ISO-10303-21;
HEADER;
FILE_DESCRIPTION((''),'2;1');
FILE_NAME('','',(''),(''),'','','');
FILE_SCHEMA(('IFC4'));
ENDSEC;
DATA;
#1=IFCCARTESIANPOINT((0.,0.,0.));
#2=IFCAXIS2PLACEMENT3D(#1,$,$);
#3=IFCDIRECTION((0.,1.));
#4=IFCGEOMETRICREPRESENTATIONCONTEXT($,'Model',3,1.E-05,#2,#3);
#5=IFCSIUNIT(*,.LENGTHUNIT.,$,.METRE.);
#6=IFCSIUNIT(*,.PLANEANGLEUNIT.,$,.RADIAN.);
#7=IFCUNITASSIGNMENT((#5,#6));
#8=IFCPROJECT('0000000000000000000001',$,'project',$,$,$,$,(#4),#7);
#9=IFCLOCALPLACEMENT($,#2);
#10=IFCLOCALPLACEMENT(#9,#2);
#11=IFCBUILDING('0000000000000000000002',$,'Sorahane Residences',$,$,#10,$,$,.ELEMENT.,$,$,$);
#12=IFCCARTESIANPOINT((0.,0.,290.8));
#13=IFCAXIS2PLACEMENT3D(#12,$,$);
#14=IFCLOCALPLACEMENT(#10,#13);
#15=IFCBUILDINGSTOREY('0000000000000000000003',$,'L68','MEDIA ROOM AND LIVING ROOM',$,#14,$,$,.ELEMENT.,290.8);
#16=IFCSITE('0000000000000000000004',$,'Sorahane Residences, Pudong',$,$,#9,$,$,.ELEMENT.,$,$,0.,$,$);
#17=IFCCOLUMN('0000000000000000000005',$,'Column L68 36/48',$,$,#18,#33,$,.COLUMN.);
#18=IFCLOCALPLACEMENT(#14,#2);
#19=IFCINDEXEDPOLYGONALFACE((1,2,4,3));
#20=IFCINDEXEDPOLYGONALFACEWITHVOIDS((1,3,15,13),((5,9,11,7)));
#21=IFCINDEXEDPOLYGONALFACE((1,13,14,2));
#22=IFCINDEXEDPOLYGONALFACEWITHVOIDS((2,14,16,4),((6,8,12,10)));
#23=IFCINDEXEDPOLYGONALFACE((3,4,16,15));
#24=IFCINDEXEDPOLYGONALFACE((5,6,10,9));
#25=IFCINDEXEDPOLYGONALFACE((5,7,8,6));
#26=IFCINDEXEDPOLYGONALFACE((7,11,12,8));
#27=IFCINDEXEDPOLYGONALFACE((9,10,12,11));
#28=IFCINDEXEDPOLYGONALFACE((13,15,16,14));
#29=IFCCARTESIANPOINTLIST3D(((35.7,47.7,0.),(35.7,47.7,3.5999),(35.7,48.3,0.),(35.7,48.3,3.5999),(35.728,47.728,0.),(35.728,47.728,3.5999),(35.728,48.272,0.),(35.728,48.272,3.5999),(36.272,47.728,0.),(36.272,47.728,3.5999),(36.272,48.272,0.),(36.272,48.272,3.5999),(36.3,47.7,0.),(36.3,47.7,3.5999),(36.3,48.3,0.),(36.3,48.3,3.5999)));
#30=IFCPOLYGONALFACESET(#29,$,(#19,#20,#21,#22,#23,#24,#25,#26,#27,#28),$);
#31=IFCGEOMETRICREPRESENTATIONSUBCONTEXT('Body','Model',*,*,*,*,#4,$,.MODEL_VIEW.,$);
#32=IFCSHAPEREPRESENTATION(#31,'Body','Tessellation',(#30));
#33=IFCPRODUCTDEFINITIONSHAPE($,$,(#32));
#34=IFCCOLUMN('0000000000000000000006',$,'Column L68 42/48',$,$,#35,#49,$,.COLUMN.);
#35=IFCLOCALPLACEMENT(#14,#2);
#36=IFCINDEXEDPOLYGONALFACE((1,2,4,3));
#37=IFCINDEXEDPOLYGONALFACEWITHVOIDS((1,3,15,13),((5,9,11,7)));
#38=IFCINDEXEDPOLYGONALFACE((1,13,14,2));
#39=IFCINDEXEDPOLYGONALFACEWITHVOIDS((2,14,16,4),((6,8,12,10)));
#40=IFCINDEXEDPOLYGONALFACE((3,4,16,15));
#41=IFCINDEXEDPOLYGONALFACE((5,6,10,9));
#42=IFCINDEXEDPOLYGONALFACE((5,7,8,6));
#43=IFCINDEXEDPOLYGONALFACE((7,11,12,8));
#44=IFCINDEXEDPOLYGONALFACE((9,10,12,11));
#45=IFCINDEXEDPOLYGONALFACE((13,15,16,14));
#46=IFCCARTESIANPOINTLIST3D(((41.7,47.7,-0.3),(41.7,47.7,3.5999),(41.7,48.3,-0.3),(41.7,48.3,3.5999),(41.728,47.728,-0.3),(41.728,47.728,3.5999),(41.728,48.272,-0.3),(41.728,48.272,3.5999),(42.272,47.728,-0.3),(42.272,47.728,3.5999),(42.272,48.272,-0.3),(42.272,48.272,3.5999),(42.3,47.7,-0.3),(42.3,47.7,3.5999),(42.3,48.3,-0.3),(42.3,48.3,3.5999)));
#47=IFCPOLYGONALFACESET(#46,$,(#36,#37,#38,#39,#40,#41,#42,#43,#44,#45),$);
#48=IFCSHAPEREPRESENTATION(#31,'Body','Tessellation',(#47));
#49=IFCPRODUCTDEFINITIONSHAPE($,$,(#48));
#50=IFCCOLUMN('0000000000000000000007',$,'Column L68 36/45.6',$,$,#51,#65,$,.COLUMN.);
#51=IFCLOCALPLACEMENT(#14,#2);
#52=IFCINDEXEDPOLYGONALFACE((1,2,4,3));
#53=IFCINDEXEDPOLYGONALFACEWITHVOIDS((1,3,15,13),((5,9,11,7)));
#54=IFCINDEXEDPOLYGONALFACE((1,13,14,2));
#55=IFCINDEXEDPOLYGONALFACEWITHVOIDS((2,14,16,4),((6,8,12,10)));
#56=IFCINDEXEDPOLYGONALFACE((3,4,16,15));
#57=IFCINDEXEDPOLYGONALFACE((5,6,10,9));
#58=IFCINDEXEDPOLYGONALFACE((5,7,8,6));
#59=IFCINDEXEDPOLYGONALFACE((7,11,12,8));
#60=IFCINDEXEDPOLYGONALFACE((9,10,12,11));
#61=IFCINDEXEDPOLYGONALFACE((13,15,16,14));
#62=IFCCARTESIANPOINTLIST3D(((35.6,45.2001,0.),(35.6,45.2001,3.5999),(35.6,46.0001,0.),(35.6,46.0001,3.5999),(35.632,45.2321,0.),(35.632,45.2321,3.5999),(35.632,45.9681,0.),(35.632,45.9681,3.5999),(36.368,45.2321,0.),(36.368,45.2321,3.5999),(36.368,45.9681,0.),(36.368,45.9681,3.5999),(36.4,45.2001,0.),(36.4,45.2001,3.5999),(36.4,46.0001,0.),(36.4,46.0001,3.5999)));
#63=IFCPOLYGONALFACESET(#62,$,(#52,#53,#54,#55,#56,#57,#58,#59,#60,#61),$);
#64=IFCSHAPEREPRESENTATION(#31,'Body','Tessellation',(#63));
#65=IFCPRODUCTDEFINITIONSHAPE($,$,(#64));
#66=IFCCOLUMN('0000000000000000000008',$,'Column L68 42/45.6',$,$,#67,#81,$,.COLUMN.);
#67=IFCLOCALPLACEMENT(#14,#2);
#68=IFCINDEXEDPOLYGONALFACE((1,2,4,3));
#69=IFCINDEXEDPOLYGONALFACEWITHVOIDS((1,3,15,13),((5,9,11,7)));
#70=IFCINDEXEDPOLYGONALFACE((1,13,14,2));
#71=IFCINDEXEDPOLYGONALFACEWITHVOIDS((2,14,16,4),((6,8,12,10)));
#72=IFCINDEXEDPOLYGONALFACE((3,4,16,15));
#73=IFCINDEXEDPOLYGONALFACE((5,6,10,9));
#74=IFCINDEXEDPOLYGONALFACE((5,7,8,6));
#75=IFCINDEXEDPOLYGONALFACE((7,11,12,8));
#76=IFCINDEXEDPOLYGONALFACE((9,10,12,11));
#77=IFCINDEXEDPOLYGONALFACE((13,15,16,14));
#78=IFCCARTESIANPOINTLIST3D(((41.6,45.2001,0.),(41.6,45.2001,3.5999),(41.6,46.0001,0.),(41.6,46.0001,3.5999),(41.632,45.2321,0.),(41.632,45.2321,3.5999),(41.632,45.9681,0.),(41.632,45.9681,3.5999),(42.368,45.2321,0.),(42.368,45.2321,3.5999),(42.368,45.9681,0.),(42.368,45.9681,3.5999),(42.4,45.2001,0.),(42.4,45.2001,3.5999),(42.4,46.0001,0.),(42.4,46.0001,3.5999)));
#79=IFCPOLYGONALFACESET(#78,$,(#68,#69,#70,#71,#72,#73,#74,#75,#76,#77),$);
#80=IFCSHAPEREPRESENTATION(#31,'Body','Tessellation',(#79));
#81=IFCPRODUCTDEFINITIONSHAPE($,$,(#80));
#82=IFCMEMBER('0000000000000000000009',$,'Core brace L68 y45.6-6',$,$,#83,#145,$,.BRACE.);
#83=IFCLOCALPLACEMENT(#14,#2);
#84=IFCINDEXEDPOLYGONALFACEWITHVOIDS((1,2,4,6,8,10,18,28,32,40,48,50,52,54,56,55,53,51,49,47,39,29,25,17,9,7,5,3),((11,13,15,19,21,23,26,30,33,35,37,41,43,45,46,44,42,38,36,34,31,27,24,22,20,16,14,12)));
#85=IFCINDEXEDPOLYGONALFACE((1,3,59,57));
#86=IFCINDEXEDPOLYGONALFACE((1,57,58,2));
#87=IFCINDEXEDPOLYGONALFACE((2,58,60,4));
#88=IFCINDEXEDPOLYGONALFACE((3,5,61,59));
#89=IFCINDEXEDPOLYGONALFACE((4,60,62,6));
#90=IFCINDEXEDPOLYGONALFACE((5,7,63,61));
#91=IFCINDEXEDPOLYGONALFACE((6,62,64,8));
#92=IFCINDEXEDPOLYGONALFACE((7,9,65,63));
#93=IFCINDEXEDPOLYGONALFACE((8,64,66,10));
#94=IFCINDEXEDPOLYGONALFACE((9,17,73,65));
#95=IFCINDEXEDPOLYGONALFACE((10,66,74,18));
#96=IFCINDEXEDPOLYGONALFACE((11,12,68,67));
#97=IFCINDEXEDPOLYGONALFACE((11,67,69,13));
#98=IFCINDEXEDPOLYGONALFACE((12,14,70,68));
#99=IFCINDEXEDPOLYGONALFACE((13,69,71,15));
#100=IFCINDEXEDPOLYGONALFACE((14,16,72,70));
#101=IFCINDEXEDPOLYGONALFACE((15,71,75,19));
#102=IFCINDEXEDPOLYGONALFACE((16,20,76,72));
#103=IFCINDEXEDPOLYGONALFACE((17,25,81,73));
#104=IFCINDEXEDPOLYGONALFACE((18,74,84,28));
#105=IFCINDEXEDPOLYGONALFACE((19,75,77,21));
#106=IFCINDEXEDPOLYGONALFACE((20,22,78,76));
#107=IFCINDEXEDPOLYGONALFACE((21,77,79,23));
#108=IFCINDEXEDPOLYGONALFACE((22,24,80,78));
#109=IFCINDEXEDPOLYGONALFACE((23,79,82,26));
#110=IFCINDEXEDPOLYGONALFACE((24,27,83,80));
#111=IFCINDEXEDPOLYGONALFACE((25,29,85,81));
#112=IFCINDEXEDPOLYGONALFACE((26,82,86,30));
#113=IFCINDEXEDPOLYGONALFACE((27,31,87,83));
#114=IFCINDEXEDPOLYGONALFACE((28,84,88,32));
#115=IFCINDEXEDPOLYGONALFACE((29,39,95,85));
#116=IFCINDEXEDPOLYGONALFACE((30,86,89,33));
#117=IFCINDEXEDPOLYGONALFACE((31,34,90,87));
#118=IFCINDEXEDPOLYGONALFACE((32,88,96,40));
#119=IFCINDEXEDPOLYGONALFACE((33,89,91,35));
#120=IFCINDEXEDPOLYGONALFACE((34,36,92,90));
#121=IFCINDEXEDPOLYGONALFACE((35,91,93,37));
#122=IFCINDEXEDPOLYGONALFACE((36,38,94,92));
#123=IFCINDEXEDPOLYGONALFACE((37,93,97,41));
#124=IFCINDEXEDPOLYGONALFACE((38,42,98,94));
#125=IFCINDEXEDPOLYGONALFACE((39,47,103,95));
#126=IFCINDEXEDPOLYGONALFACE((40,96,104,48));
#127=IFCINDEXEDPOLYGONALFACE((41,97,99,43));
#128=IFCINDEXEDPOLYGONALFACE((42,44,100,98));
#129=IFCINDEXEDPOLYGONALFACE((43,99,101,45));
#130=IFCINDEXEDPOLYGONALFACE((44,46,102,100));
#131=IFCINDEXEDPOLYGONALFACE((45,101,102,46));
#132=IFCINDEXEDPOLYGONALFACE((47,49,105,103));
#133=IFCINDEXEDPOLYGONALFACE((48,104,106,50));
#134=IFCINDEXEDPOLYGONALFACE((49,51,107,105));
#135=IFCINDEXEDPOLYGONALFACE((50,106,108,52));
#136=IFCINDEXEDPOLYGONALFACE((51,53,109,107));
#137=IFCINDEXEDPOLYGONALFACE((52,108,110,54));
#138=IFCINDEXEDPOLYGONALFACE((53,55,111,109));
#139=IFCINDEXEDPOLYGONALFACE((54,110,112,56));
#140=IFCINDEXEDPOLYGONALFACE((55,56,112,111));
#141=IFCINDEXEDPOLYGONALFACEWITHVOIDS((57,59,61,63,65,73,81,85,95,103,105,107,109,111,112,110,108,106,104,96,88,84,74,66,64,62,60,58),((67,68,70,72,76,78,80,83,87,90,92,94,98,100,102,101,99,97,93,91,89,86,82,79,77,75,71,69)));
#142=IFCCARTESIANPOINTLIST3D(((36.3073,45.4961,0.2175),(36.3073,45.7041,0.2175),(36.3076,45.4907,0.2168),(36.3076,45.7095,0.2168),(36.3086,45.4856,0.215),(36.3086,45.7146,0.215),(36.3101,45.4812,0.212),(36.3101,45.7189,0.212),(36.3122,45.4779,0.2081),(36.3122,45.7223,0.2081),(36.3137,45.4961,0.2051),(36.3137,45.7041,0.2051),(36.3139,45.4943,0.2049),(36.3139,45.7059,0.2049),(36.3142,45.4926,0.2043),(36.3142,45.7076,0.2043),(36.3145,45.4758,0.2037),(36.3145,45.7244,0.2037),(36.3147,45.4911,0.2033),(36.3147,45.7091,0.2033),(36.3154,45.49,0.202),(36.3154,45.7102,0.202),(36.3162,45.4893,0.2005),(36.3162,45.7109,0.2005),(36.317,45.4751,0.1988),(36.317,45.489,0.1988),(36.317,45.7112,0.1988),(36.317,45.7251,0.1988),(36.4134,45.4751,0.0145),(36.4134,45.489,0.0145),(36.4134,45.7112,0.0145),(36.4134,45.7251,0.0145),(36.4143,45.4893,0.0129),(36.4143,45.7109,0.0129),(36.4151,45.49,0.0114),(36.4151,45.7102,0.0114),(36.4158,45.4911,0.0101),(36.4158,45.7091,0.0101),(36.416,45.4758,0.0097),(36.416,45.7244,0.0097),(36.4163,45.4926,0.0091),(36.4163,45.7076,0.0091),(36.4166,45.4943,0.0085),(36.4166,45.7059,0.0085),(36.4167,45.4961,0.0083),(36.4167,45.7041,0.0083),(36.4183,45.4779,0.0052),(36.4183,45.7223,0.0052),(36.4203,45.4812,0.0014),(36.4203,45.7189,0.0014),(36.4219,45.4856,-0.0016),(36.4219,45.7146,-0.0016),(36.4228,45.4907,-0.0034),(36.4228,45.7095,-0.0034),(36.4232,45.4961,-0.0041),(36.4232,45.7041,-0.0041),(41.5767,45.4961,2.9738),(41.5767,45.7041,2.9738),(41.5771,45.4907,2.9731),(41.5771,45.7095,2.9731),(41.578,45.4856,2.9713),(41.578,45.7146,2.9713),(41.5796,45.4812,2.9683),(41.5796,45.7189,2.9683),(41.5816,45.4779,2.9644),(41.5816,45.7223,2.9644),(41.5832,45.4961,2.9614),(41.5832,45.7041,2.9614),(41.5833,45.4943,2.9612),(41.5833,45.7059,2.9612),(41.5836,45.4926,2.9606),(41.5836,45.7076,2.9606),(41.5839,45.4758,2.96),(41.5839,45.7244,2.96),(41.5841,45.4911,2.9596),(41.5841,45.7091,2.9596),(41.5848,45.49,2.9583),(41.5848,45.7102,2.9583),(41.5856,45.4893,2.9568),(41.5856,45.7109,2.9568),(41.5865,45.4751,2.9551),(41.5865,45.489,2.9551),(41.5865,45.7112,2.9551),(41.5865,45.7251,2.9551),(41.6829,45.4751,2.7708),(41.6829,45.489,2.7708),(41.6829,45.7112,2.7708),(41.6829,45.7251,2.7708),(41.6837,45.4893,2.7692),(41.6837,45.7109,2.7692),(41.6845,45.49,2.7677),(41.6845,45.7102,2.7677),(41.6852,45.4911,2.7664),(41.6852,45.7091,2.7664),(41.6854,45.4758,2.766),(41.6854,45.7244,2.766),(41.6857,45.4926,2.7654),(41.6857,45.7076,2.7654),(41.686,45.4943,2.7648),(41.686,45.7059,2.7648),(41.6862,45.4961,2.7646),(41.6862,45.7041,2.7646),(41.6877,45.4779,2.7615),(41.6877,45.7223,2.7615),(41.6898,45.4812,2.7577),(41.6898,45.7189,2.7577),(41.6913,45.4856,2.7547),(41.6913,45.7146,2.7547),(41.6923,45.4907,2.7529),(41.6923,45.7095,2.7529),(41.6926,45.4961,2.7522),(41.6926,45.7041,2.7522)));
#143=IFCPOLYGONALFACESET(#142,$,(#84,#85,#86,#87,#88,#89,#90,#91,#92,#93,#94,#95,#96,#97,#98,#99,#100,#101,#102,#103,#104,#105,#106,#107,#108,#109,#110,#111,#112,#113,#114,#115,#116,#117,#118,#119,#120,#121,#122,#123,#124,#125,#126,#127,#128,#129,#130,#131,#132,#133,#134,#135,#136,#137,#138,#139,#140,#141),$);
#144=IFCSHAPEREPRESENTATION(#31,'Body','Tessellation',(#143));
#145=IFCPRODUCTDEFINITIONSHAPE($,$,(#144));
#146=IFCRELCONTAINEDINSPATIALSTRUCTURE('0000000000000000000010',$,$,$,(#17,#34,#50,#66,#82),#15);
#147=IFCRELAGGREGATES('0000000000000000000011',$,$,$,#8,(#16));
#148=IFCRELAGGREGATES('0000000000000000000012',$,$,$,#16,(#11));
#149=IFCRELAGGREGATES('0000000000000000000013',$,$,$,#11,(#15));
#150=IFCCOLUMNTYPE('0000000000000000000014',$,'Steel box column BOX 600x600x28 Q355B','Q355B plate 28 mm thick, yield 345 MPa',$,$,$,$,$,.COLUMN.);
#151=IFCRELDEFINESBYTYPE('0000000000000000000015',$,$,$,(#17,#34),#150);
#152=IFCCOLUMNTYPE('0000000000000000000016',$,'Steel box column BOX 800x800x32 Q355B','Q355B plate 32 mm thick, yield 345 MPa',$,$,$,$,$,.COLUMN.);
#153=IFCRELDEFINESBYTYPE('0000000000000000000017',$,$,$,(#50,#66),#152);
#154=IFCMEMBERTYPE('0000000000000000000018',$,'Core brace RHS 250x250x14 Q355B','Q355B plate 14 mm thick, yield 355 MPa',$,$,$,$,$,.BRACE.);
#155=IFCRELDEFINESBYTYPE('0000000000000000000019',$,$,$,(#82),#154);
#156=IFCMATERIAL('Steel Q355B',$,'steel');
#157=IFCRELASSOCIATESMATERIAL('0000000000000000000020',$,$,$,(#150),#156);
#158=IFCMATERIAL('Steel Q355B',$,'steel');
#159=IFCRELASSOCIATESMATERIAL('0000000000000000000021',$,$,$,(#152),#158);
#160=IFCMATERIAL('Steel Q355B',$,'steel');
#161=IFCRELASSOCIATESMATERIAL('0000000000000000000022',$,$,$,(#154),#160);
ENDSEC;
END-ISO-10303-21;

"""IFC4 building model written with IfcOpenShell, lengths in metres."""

from ifc_helpers import new_model, si_unit, direction, frame, origin, origin_2d, place, context, subcontext, project, spatial, hollow_rectangle, extrude, material, material_profile, profile_set, type_object, element, save


model = new_model("IFC4")

# Units and contexts
model_context = context("Model", 3, precision=1e-05, world=origin(), true_north=direction((0.0, 1.0)))
body_context = subcontext(model_context, "Body", "Model", "MODEL_VIEW")
ifc_project = project(units=[si_unit("LENGTHUNIT", "METRE"), si_unit("PLANEANGLEUNIT", "RADIAN")], contexts=[model_context])

# Site, building, storey
site_placement = place(None, origin())
site = spatial("IfcSite", under=ifc_project, at=site_placement, Name="Sorahane Residences, Pudong", CompositionType="ELEMENT", RefElevation=0.0)
building_placement = place(site_placement, origin())
building = spatial("IfcBuilding", under=site, at=building_placement, Name="Sorahane Residences", CompositionType="ELEMENT")
storey_placement = place(building_placement, frame((0.0, 0.0, 290.8)))
storey = spatial("IfcBuildingStorey", under=building, at=storey_placement, Name="L68", Description="MEDIA ROOM AND LIVING ROOM", CompositionType="ELEMENT", Elevation=290.8)

# Columns
ifc_material_1 = material(Name="Steel Q355B", Category="steel")
ifc_material_profile_1 = material_profile(ifc_material_1, hollow_rectangle(XDim=0.6001, YDim=0.6001, WallThickness=0.0281, at=origin_2d()), Name="BOX 600x600x28")
ifc_profile_set_1 = profile_set([ifc_material_profile_1], Name="Steel Q355B")
column_type_1 = type_object("IfcColumnType", Name="Steel box column BOX 600x600x28 Q355B", Description="Q355B plate 28 mm thick, yield 345 MPa", PredefinedType="COLUMN", material=ifc_profile_set_1)
column_1_placement = place(storey_placement, frame((36.0, 48.0, 0.0), z_axis=(0.0, 0.0, 1.0), x_axis=(1.0, 0.0, 0.0)))
element("IfcColumn", 1, at=column_1_placement, inside=storey, type_object=column_type_1, Name="Column L68 36/48", PredefinedType="COLUMN", context=body_context, shape_type="SweptSolid", body=[
    extrude(hollow_rectangle(XDim=0.6001, YDim=0.6001, WallThickness=0.0281, at=origin_2d()), origin(), (0.0, 0.0, 1.0), 3.5999),
])
column_2_placement = place(storey_placement, frame((42.0, 48.0, -0.3), z_axis=(0.0, 0.0, 1.0), x_axis=(1.0, 0.0, 0.0)))
element("IfcColumn", 2, at=column_2_placement, inside=storey, type_object=column_type_1, Name="Column L68 42/48", PredefinedType="COLUMN", context=body_context, shape_type="SweptSolid", body=[
    extrude(hollow_rectangle(XDim=0.6001, YDim=0.6001, WallThickness=0.0281, at=origin_2d()), origin(), (0.0, 0.0, 1.0), 3.8999),
])
ifc_material_2 = material(Name="Steel Q355B", Category="steel")
ifc_material_profile_2 = material_profile(ifc_material_2, hollow_rectangle(XDim=0.8, YDim=0.8, WallThickness=0.032, at=origin_2d()), Name="BOX 800x800x32")
ifc_profile_set_2 = profile_set([ifc_material_profile_2], Name="Steel Q355B")
column_type_2 = type_object("IfcColumnType", Name="Steel box column BOX 800x800x32 Q355B", Description="Q355B plate 32 mm thick, yield 345 MPa", PredefinedType="COLUMN", material=ifc_profile_set_2)
for number, where, z_axis, x_axis, name in (
    (3, (36.0, 45.6001, 0.0), (0.0, 0.0, 1.0), (1.0, 0.0, 0.0), "Column L68 36/45.6"),
    (4, (42.0, 45.6001, 0.0), (0.0, 0.0, 1.0), (1.0, 0.0, 0.0), "Column L68 42/45.6"),
):
    element("IfcColumn", number, at=place(storey_placement, frame(where, z_axis=z_axis, x_axis=x_axis)), inside=storey, type_object=column_type_2, Name=name, PredefinedType="COLUMN", context=body_context, shape_type="SweptSolid", body=[
        extrude(hollow_rectangle(XDim=0.8, YDim=0.8, WallThickness=0.032, at=origin_2d()), origin(), (0.0, 0.0, 1.0), 3.5999),
    ])

# Member
ifc_material_3 = material(Name="Steel Q355B", Category="steel")
ifc_material_profile_3 = material_profile(ifc_material_3, hollow_rectangle(XDim=0.25, YDim=0.25, WallThickness=0.0139, InnerFilletRadius=0.0071, OuterFilletRadius=0.021, at=origin_2d()), Name="RHS 250x250x14")
ifc_profile_set_3 = profile_set([ifc_material_profile_3], Name="Steel Q355B")
member_type_1 = type_object("IfcMemberType", Name="Core brace RHS 250x250x14 Q355B", Description="Q355B plate 14 mm thick, yield 355 MPa", PredefinedType="BRACE", material=ifc_profile_set_3)
member_1_placement = place(storey_placement, frame((36.3652, 45.6001, 0.1067), z_axis=(0.8861, 0.0, 0.463495), x_axis=(0.0, 1.0, 0.0)))
element("IfcMember", 5, at=member_1_placement, inside=storey, type_object=member_type_1, Name="Core brace L68 y45.6-6", PredefinedType="BRACE", context=body_context, shape_type="SweptSolid", body=[
    extrude(hollow_rectangle(XDim=0.25, YDim=0.25, WallThickness=0.0139, InnerFilletRadius=0.0071, OuterFilletRadius=0.021, at=origin_2d()), origin(), (0.0, 0.0, 1.0), 5.9468),
])

save(model, "model.ifc")
